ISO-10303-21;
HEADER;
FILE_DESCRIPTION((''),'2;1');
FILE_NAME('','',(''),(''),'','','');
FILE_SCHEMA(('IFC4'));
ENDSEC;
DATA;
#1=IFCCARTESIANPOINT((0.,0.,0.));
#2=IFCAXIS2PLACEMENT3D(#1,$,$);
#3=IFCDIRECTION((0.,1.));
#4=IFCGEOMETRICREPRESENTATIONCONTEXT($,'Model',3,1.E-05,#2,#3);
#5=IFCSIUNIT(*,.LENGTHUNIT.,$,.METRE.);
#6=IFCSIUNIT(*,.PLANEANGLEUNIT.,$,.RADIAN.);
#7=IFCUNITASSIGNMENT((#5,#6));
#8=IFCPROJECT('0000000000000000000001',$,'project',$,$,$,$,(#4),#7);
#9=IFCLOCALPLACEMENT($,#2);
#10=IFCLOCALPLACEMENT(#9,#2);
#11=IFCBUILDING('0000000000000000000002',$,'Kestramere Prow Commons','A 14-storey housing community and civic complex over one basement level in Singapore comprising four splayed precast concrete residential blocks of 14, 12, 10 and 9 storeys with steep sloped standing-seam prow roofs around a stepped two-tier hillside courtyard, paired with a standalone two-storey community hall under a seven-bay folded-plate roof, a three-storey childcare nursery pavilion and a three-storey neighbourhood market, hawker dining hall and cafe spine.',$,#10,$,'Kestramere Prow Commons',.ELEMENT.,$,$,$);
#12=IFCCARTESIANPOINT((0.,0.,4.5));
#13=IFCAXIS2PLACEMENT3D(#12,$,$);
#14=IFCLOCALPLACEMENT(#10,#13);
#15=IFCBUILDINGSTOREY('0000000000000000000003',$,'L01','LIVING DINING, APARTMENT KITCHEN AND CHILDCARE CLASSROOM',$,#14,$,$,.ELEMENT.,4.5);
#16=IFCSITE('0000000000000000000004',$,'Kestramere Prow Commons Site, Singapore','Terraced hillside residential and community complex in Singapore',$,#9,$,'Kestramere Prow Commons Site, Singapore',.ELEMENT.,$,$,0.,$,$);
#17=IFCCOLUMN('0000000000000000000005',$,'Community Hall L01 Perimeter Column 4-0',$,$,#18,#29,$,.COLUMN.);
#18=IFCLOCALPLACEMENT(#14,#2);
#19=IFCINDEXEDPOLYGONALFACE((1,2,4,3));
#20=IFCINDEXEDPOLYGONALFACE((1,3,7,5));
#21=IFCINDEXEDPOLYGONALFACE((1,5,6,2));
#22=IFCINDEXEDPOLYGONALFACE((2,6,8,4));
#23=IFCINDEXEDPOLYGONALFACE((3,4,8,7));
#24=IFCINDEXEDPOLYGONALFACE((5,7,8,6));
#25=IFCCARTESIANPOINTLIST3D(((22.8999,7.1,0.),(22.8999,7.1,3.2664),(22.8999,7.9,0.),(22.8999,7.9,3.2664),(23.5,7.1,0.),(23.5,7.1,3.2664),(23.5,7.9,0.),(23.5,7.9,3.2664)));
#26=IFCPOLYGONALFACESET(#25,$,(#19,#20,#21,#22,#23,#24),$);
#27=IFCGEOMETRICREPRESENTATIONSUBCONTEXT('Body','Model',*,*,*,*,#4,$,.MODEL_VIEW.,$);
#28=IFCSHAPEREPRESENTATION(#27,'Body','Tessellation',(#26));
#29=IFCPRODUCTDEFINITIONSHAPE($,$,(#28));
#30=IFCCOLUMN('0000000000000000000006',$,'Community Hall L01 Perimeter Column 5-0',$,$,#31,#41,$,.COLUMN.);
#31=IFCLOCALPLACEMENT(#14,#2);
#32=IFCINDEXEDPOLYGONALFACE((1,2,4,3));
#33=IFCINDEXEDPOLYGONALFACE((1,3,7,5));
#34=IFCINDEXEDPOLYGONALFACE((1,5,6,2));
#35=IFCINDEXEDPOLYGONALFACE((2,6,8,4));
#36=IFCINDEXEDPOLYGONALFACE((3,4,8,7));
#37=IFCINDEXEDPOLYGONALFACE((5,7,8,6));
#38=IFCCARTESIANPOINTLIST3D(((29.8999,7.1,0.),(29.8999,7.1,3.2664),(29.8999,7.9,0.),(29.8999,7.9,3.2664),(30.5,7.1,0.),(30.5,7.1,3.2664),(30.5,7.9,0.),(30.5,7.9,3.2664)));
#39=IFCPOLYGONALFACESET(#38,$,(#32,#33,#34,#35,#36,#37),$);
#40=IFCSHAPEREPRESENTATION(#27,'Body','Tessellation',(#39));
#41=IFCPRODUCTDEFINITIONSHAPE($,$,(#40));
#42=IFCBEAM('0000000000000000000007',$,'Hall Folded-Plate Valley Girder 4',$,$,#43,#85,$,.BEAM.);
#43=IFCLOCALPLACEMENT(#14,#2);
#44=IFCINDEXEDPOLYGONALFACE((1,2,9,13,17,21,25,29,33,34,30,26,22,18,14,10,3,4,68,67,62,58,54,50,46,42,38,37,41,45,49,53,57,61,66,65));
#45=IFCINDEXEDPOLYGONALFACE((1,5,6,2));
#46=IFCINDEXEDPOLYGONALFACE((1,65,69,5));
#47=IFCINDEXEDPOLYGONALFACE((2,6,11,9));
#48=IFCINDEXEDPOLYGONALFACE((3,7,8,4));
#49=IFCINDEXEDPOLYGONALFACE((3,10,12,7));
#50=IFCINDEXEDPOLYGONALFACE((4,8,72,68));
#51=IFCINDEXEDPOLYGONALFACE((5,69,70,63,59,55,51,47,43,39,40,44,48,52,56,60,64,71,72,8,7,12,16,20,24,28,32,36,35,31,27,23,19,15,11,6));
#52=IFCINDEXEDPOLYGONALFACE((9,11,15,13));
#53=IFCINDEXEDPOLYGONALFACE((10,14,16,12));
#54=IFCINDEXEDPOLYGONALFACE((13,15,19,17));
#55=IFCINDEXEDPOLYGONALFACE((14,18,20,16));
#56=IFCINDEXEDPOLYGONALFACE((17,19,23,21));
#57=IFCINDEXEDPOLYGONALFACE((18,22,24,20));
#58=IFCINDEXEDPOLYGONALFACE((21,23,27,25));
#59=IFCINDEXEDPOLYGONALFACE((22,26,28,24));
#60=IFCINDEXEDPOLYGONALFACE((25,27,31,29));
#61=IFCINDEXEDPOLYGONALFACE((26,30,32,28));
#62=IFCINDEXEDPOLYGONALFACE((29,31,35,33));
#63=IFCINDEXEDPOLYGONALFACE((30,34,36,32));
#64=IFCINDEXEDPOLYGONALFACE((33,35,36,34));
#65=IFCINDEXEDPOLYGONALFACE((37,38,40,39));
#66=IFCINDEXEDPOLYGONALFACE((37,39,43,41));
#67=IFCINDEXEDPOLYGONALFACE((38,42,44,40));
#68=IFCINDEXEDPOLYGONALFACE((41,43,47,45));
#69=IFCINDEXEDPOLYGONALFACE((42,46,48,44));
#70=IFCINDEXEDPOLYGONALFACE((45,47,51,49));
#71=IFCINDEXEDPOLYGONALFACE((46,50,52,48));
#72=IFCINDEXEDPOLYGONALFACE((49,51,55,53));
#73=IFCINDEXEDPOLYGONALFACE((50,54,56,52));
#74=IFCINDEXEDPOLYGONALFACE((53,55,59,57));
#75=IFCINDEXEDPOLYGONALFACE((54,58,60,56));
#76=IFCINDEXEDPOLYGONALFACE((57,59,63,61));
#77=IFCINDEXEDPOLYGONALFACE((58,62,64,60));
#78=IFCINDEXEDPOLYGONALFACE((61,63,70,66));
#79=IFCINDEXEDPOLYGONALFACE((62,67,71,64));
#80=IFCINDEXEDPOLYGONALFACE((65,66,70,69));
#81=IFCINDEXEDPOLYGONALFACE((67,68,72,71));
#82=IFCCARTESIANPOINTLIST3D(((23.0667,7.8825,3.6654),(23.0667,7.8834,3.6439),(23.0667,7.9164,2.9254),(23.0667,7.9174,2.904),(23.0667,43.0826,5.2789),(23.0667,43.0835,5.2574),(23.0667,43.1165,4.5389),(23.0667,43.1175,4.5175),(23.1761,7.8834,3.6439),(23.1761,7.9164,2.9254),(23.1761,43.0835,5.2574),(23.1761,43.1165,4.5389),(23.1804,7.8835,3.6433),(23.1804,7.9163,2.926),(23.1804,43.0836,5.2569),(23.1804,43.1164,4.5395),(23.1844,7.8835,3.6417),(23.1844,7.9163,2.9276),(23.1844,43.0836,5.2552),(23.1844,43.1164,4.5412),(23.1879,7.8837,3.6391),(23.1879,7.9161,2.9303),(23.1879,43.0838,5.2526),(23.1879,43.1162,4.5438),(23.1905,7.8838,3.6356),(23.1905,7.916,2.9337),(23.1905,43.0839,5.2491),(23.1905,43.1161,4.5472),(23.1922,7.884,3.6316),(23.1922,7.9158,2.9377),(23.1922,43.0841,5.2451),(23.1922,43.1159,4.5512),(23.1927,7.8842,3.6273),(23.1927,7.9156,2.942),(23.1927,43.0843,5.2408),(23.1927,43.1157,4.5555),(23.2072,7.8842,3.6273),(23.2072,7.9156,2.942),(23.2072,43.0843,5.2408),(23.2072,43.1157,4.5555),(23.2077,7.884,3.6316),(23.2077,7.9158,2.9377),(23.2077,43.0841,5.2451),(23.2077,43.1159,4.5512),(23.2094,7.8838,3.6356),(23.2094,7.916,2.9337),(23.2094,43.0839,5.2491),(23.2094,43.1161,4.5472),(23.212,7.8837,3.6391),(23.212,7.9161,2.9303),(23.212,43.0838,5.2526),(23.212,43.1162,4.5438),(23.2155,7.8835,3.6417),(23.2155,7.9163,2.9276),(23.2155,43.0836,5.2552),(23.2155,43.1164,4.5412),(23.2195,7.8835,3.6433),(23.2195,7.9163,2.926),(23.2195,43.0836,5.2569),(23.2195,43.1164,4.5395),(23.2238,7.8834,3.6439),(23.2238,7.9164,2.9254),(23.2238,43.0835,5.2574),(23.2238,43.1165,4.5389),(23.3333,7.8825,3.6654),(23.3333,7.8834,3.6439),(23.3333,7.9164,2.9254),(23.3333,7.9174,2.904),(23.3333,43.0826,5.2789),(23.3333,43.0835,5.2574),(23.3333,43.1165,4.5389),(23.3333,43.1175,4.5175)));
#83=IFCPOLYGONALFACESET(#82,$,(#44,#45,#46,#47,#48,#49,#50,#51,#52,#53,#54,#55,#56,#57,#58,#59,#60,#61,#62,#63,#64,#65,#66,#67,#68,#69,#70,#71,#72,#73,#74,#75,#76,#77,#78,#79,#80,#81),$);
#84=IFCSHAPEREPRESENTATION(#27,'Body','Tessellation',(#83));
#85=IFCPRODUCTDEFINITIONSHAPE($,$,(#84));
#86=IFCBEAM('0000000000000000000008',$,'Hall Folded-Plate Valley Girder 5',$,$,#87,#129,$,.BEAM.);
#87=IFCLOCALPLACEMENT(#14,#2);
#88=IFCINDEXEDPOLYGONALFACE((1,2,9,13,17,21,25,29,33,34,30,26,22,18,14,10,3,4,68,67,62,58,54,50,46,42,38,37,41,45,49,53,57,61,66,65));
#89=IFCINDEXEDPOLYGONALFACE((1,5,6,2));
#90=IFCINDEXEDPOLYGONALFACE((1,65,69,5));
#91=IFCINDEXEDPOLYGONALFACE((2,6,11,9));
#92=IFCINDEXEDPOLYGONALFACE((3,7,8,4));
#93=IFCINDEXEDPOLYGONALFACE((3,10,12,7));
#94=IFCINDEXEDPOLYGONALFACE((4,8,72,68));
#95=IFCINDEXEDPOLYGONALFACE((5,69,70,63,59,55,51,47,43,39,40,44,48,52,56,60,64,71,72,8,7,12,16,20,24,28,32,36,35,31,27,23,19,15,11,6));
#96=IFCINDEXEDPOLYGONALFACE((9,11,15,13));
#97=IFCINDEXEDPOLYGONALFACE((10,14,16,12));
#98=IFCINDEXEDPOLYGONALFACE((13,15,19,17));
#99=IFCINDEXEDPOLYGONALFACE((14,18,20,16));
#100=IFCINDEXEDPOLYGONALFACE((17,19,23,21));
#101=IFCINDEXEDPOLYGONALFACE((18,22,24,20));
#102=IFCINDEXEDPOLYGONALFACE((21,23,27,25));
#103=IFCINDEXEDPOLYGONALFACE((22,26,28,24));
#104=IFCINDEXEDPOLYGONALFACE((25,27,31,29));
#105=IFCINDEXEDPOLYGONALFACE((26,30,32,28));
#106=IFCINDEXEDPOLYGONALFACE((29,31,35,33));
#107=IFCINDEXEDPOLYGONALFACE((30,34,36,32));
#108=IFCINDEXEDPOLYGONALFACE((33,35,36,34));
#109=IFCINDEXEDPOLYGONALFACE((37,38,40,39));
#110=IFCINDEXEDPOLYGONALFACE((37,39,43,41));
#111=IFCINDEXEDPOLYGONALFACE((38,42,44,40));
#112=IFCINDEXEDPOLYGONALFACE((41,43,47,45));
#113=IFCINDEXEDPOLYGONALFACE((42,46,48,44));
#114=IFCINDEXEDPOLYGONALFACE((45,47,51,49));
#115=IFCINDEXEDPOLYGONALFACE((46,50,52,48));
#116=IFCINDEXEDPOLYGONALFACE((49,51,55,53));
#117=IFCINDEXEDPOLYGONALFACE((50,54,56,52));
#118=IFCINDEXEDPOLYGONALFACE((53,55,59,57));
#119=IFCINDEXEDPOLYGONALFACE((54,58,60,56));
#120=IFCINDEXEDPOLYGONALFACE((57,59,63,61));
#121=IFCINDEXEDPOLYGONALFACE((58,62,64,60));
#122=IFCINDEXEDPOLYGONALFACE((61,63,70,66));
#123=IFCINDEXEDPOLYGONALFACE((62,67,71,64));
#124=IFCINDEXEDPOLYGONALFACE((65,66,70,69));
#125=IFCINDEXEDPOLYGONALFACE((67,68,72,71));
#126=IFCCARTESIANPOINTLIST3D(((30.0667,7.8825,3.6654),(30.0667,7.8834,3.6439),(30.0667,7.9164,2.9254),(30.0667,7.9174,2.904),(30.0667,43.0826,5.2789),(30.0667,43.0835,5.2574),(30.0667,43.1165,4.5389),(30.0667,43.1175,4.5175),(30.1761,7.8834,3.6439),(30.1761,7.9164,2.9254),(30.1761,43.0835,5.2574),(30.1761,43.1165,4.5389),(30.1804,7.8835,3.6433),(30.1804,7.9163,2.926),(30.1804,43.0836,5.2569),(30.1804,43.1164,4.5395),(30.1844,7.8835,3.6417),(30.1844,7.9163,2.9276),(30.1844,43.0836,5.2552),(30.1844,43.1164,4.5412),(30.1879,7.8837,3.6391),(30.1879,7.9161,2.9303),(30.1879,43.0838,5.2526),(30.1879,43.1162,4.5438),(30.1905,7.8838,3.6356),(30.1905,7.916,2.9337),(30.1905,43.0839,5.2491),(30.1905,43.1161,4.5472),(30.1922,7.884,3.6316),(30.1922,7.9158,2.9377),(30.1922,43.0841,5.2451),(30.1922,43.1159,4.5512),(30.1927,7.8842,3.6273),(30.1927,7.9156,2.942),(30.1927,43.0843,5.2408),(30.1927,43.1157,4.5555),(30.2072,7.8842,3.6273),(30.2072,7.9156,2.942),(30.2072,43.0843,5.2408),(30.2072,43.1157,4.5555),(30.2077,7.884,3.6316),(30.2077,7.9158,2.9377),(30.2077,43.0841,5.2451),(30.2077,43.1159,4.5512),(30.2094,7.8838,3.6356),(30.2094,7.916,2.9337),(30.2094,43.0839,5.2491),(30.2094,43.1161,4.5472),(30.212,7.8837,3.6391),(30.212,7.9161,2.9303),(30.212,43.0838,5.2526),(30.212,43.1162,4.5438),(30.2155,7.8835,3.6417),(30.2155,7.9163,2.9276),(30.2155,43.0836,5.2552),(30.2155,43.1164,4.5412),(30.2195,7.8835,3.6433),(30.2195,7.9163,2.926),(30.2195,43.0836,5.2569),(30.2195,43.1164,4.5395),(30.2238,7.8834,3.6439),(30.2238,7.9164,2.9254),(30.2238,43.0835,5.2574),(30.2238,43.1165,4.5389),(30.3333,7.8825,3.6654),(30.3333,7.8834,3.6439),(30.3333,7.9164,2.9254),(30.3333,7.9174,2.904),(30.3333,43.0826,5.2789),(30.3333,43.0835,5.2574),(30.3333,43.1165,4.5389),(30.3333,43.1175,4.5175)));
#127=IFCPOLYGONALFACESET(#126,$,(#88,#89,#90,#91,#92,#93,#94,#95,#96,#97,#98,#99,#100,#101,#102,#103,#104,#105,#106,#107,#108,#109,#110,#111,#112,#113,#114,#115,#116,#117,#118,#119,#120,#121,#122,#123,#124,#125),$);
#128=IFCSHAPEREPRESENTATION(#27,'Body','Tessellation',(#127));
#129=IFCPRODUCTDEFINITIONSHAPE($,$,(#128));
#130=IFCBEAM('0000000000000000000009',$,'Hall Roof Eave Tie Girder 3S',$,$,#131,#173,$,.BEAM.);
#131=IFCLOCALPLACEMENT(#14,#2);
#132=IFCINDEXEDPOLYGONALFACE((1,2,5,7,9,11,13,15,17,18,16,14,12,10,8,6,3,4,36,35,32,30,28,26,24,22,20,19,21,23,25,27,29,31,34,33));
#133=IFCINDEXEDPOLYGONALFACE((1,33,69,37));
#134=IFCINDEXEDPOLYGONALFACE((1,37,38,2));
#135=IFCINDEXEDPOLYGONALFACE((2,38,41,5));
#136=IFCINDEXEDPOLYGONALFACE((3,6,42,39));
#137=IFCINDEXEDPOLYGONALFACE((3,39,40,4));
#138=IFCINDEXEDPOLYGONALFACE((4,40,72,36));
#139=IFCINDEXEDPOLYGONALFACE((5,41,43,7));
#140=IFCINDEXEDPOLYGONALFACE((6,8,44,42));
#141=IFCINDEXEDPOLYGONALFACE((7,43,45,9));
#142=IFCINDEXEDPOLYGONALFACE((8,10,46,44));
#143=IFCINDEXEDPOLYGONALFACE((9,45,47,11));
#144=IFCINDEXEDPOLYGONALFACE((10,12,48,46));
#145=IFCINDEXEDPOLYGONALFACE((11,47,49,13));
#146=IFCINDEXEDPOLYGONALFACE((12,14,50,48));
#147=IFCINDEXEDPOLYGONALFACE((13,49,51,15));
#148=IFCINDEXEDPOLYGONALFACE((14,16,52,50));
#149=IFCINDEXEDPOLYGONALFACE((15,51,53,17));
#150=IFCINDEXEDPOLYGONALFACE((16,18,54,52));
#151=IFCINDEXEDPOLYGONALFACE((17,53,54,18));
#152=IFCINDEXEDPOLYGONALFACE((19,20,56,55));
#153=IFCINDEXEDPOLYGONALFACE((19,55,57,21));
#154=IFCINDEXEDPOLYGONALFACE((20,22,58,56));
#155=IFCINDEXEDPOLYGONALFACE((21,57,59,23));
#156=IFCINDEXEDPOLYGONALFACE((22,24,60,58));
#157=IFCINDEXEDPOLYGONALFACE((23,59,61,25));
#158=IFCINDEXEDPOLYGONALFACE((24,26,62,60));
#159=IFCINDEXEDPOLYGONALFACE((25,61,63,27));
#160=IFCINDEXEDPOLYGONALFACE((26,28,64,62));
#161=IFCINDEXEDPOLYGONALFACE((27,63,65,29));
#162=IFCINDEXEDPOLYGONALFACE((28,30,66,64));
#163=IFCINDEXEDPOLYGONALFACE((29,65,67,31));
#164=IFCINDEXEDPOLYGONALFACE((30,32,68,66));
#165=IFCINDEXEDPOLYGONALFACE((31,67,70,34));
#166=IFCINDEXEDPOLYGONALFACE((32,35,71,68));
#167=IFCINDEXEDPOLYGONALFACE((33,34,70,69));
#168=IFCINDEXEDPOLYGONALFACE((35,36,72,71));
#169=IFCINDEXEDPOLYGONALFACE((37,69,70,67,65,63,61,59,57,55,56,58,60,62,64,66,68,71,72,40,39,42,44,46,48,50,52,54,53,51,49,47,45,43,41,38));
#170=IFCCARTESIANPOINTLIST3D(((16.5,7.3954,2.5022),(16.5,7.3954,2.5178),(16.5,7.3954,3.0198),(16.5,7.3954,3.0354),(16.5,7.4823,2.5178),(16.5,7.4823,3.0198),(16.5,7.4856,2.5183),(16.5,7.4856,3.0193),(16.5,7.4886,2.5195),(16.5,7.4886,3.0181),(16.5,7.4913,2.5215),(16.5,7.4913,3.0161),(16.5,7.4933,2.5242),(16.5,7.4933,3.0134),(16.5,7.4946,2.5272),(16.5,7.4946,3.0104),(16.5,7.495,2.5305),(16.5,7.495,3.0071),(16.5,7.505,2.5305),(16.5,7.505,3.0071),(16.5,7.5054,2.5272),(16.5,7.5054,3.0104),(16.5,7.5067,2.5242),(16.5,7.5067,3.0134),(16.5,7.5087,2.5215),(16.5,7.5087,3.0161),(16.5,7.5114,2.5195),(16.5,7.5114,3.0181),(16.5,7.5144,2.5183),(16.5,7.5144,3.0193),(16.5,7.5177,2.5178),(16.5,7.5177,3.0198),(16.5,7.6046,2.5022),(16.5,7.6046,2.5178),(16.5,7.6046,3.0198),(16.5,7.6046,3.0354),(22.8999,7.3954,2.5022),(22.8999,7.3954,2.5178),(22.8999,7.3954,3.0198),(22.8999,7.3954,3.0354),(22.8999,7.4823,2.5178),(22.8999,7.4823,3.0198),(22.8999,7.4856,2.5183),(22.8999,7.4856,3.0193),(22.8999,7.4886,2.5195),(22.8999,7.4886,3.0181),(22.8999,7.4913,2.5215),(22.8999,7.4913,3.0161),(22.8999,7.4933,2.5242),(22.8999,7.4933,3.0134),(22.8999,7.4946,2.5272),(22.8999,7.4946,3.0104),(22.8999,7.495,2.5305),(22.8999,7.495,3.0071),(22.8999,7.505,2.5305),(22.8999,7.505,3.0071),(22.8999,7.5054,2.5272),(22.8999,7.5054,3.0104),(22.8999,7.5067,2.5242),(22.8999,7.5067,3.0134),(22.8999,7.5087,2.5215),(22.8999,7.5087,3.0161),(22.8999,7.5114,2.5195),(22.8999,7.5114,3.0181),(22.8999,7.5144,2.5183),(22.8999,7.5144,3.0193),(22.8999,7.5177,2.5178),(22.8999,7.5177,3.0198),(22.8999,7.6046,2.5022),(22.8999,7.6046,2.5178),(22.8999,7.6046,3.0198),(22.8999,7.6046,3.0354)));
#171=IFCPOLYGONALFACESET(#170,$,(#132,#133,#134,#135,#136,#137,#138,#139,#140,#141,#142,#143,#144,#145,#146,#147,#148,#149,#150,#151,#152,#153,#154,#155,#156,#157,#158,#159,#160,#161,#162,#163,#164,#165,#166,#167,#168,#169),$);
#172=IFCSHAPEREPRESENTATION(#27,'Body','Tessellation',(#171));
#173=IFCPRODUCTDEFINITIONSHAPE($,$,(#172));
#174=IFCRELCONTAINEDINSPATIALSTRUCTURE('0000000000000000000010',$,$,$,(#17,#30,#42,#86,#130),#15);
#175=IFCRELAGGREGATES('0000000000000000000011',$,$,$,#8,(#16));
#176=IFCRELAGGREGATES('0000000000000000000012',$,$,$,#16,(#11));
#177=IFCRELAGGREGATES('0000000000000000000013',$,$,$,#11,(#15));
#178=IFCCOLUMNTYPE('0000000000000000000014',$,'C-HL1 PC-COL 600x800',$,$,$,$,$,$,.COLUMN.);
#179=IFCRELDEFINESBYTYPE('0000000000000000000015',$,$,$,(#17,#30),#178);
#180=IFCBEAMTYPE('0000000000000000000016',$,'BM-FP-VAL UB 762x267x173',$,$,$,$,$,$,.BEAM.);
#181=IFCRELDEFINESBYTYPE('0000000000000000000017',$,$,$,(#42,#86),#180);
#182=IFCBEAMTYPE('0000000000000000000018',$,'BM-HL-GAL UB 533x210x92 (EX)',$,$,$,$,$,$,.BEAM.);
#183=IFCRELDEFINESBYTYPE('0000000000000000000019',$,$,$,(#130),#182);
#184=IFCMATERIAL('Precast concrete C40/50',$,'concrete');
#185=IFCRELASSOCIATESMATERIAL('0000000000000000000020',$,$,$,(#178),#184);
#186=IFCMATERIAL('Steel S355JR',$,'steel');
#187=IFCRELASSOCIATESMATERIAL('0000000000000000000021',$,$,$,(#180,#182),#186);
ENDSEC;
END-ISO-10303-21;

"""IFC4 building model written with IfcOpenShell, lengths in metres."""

from ifc_helpers import new_model, si_unit, direction, frame, origin, origin_2d, place, context, subcontext, project, spatial, rectangle, i_section, extrude, material, material_profile, profile_set, type_object, element, save


model = new_model("IFC4")

# Units and contexts
model_context = context("Model", 3, precision=1e-05, world=origin(), true_north=direction((0.0, 1.0)))
body_context = subcontext(model_context, "Body", "Model", "MODEL_VIEW")
ifc_project = project(units=[si_unit("LENGTHUNIT", "METRE"), si_unit("PLANEANGLEUNIT", "RADIAN")], contexts=[model_context])

# Site, building, storey
site_placement = place(None, origin())
site = spatial("IfcSite", under=ifc_project, at=site_placement, Name="Kestramere Prow Commons Site, Singapore", Description="Terraced hillside residential and community complex in Singapore", LongName="Kestramere Prow Commons Site, Singapore", CompositionType="ELEMENT", RefElevation=0.0)
building_placement = place(site_placement, origin())
building = spatial("IfcBuilding", under=site, at=building_placement, Name="Kestramere Prow Commons", Description="A 14-storey housing community and civic complex over one basement level in Singapore comprising four splayed precast concrete residential blocks of 14, 12, 10 and 9 storeys with steep sloped standing-seam prow roofs around a stepped two-tier hillside courtyard, paired with a standalone two-storey community hall under a seven-bay folded-plate roof, a three-storey childcare nursery pavilion and a three-storey neighbourhood market, hawker dining hall and cafe spine.", LongName="Kestramere Prow Commons", CompositionType="ELEMENT")
storey_placement = place(building_placement, frame((0.0, 0.0, 4.5)))
storey = spatial("IfcBuildingStorey", under=building, at=storey_placement, Name="L01", Description="LIVING DINING, APARTMENT KITCHEN AND CHILDCARE CLASSROOM", CompositionType="ELEMENT", Elevation=4.5)

# Columns
ifc_material_1 = material(Name="Precast concrete C40/50", Category="concrete")
ifc_material_profile_1 = material_profile(ifc_material_1, rectangle(XDim=0.6001, YDim=0.8, at=origin_2d()), Name="PC-COL 600x800")
ifc_profile_set_1 = profile_set([ifc_material_profile_1], Name="Precast concrete C40/50")
column_type = type_object("IfcColumnType", Name="C-HL1 PC-COL 600x800", PredefinedType="COLUMN", material=ifc_profile_set_1)
for number, where, z_axis, x_axis, name in (
    (1, (23.2, 7.5, 0.0), (0.0, 0.0, 1.0), (1.0, 0.0, 0.0), "Community Hall L01 Perimeter Column 4-0"),
    (2, (30.2, 7.5, 0.0), (0.0, 0.0, 1.0), (1.0, 0.0, 0.0), "Community Hall L01 Perimeter Column 5-0"),
):
    element("IfcColumn", number, at=place(storey_placement, frame(where, z_axis=z_axis, x_axis=x_axis)), inside=storey, type_object=column_type, Name=name, PredefinedType="COLUMN", context=body_context, shape_type="SweptSolid", body=[
        extrude(rectangle(XDim=0.6001, YDim=0.8, at=origin_2d()), origin(), (0.0, 0.0, 1.0), 3.2664),
    ])

# Beams
ifc_material_2 = material(Name="Steel S355JR", Category="steel")
ifc_material_profile_2 = material_profile(ifc_material_2, i_section(OverallWidth=0.2666, OverallDepth=0.7622, WebThickness=0.0144, FlangeThickness=0.0215, FilletRadius=0.0166, at=origin_2d()), Name="UB 762x267x173")
ifc_profile_set_2 = profile_set([ifc_material_profile_2], Name="Steel S355JR")
beam_type_1 = type_object("IfcBeamType", Name="BM-FP-VAL UB 762x267x173", PredefinedType="BEAM", material=ifc_profile_set_2)
for number, where, z_axis, x_axis, name in (
    (3, (23.2, 7.8999, 3.2847), (0.0, 0.998951, 0.04579), (-1.0, 0.0, 0.0), "Hall Folded-Plate Valley Girder 4"),
    (4, (30.2, 7.8999, 3.2847), (0.0, 0.998951, 0.04579), (-1.0, 0.0, 0.0), "Hall Folded-Plate Valley Girder 5"),
):
    element("IfcBeam", number, at=place(storey_placement, frame(where, z_axis=z_axis, x_axis=x_axis)), inside=storey, type_object=beam_type_1, Name=name, PredefinedType="BEAM", context=body_context, shape_type="SweptSolid", body=[
        extrude(i_section(OverallWidth=0.2666, OverallDepth=0.7622, WebThickness=0.0144, FlangeThickness=0.0215, FilletRadius=0.0166, at=origin_2d()), origin(), (0.0, 0.0, 1.0), 35.2371),
    ])
ifc_material_profile_3 = material_profile(ifc_material_2, i_section(OverallWidth=0.2092, OverallDepth=0.5332, WebThickness=0.01, FlangeThickness=0.0156, FilletRadius=0.0127, at=origin_2d()), Name="UB 533x210x92")
ifc_profile_set_3 = profile_set([ifc_material_profile_3], Name="Steel S355JR")
beam_type_2 = type_object("IfcBeamType", Name="BM-HL-GAL UB 533x210x92 (EX)", PredefinedType="BEAM", material=ifc_profile_set_3)
for number, where, z_axis, x_axis, name in (
    (5, (16.5, 7.5, 2.7688), (1.0, 0.0, 0.0), (0.0, 1.0, 0.0), "Hall Roof Eave Tie Girder 3S"),
):
    element("IfcBeam", number, at=place(storey_placement, frame(where, z_axis=z_axis, x_axis=x_axis)), inside=storey, type_object=beam_type_2, Name=name, PredefinedType="BEAM", context=body_context, shape_type="SweptSolid", body=[
        extrude(i_section(OverallWidth=0.2092, OverallDepth=0.5332, WebThickness=0.01, FlangeThickness=0.0156, FilletRadius=0.0127, at=origin_2d()), origin(), (0.0, 0.0, 1.0), 6.3999),
    ])

save(model, "model.ifc")
